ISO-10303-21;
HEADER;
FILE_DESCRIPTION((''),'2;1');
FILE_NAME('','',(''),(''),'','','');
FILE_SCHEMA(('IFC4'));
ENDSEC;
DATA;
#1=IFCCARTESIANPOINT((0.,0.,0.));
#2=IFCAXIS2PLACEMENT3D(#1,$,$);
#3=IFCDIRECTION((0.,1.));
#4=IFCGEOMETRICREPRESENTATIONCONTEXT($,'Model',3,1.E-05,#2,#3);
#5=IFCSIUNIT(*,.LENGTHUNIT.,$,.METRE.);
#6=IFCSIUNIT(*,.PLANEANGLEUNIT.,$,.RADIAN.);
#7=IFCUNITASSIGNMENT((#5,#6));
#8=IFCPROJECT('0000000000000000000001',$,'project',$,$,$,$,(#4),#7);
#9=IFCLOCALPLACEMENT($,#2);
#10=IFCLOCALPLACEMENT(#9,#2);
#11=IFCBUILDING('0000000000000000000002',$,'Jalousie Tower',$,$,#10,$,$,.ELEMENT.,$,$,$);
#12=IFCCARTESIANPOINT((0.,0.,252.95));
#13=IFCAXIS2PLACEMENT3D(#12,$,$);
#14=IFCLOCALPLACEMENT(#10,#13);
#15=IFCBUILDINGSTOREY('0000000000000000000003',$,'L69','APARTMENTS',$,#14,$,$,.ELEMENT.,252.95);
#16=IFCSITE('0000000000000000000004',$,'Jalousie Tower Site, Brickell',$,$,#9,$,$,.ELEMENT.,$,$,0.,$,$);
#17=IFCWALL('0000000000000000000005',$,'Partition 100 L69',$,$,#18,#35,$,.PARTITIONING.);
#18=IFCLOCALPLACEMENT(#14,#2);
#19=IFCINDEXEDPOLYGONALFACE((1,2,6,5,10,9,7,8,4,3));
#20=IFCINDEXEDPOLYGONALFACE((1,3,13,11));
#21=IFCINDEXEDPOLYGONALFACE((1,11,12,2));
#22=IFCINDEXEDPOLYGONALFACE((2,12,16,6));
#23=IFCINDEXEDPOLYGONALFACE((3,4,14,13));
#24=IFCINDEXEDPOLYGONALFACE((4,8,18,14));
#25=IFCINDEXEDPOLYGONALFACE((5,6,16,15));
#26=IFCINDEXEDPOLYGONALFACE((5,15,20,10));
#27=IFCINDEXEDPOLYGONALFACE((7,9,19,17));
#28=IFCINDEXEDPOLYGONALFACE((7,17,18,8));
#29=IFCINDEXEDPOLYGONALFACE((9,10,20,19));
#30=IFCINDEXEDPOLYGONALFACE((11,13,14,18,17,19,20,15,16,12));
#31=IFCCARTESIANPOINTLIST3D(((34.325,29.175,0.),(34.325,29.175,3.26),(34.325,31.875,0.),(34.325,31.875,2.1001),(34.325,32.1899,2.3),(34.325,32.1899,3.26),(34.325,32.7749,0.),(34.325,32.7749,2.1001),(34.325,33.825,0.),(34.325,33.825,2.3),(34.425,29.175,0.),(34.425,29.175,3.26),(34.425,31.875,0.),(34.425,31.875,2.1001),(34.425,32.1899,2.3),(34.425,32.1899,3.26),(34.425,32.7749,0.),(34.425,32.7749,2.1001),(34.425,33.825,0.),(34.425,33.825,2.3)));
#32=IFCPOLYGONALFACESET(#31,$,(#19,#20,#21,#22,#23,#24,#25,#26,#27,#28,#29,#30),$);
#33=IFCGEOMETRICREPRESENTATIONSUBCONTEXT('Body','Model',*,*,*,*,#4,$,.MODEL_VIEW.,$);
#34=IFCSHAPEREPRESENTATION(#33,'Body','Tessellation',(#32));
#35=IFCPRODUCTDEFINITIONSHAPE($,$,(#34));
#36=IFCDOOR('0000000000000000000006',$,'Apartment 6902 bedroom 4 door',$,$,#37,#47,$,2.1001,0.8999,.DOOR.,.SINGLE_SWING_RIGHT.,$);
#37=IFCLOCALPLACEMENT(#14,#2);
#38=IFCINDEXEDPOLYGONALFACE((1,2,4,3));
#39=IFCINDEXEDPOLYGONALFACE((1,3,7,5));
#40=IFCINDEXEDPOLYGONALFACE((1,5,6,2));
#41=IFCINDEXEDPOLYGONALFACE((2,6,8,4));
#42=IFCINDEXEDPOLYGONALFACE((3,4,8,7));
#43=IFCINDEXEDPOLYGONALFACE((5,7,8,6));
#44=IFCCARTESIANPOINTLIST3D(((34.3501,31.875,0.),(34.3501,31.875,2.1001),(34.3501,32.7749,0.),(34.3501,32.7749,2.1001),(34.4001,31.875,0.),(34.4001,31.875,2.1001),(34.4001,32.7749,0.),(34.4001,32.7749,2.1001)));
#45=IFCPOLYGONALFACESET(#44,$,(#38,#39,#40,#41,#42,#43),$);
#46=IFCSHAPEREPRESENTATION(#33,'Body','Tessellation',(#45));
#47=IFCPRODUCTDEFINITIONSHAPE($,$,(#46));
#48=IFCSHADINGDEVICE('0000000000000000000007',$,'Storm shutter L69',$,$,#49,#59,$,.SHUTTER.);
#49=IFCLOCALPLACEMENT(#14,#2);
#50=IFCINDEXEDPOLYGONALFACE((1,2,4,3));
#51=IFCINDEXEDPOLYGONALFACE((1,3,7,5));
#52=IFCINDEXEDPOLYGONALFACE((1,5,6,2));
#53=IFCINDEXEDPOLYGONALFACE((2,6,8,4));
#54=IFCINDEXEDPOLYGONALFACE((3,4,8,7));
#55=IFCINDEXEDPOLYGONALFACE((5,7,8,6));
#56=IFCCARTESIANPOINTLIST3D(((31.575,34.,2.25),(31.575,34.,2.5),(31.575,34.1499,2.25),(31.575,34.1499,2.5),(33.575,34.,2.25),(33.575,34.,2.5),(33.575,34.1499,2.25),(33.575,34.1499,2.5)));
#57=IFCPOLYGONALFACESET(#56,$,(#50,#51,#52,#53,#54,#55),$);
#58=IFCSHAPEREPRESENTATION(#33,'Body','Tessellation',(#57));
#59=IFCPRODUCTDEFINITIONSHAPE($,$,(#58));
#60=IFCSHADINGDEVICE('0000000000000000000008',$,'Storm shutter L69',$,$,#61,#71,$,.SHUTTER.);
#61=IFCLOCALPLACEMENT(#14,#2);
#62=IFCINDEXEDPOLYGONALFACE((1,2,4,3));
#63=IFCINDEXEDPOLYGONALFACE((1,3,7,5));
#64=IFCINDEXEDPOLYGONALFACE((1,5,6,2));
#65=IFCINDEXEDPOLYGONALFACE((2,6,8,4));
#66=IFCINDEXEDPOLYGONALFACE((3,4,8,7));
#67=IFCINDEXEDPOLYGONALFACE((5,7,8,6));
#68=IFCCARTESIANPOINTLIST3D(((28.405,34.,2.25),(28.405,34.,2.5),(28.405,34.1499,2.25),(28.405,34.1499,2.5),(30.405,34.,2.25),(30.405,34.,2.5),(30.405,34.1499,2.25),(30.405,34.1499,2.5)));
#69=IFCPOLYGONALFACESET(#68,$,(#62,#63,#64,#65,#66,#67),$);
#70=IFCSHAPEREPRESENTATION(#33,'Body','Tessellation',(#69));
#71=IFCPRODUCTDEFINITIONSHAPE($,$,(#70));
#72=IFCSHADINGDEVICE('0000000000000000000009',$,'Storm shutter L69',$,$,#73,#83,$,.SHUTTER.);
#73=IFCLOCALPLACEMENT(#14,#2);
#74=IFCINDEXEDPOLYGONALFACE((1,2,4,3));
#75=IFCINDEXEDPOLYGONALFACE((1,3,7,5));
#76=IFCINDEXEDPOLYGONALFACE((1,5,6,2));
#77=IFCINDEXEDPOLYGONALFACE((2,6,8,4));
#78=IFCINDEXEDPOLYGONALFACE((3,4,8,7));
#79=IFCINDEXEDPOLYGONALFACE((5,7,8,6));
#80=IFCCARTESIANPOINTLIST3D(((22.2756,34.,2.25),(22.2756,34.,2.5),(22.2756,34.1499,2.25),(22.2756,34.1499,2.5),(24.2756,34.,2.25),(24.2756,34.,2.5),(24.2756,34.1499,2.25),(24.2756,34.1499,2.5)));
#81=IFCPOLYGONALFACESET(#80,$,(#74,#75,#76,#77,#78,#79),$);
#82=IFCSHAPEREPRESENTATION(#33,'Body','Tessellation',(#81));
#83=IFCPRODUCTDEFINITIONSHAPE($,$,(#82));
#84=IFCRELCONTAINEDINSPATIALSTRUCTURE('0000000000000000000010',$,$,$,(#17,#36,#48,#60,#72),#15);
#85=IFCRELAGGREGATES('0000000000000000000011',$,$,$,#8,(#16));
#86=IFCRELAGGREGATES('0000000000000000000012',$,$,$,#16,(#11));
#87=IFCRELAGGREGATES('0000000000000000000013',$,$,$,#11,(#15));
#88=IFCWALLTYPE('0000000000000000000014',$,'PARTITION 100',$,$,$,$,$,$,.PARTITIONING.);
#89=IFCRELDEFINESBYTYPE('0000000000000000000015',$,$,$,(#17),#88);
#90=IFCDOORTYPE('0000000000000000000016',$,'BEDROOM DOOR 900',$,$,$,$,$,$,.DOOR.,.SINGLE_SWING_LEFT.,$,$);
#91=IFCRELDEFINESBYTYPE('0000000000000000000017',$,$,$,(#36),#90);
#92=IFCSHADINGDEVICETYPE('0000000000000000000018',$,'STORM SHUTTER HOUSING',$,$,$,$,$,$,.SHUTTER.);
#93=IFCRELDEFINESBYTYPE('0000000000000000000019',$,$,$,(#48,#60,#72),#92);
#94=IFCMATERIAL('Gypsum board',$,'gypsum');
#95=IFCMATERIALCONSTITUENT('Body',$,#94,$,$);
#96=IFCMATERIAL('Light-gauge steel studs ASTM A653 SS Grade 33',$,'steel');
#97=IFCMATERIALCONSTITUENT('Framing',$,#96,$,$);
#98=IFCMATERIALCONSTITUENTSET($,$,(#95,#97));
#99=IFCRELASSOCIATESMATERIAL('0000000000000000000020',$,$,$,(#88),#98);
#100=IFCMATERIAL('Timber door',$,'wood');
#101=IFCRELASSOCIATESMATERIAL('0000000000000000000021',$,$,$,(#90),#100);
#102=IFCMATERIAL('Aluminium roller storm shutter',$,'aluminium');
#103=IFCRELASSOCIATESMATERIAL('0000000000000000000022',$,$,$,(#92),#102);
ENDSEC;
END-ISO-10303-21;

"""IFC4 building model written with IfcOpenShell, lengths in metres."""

from ifc_helpers import new_model, si_unit, direction, frame, frame_2d, origin, origin_2d, place, context, subcontext, project, spatial, polyline, rectangle, outline, extrude, material, constituent, constituent_set, type_object, element, fill, save


model = new_model("IFC4")

# Units and contexts
model_context = context("Model", 3, precision=1e-05, world=origin(), true_north=direction((0.0, 1.0)))
body_context = subcontext(model_context, "Body", "Model", "MODEL_VIEW")
ifc_project = project(units=[si_unit("LENGTHUNIT", "METRE"), si_unit("PLANEANGLEUNIT", "RADIAN")], contexts=[model_context])

# Site, building, storey
site_placement = place(None, origin())
site = spatial("IfcSite", under=ifc_project, at=site_placement, Name="Jalousie Tower Site, Brickell", CompositionType="ELEMENT", RefElevation=0.0)
building_placement = place(site_placement, origin())
building = spatial("IfcBuilding", under=site, at=building_placement, Name="Jalousie Tower", CompositionType="ELEMENT")
storey_placement = place(building_placement, frame((0.0, 0.0, 252.95)))
storey = spatial("IfcBuildingStorey", under=building, at=storey_placement, Name="L69", Description="APARTMENTS", CompositionType="ELEMENT", Elevation=252.95)

# Wall, opening, door
ifc_material_1 = material(Name="Gypsum board", Category="gypsum")
ifc_constituent_1 = constituent(ifc_material_1, Name="Body")
ifc_material_2 = material(Name="Light-gauge steel studs ASTM A653 SS Grade 33", Category="steel")
ifc_constituent_2 = constituent(ifc_material_2, Name="Framing")
ifc_constituent_set = constituent_set(constituents=[ifc_constituent_1, ifc_constituent_2])
wall_type = type_object("IfcWallType", Name="PARTITION 100", PredefinedType="PARTITIONING", material=ifc_constituent_set)
ifc_material_3 = material(Name="Timber door", Category="wood")
door_type = type_object("IfcDoorType", Name="BEDROOM DOOR 900", OperationType="SINGLE_SWING_LEFT", PredefinedType="DOOR", material=ifc_material_3)
wall_1_placement = place(storey_placement, frame((34.375, 33.825, 0.0), z_axis=(0.0, 0.0, 1.0), x_axis=(0.0, -1.0, 0.0)))
wall_1 = element("IfcWall", 1, at=wall_1_placement, inside=storey, type_object=wall_type, Name="Partition 100 L69", PredefinedType="PARTITIONING", context=body_context, shape_type="SweptSolid", body=[
    extrude(outline(polyline([(0.0, 0.0), (4.6499, 0.0), (4.6499, 3.26), (1.635, 3.26), (1.635, 2.3), (0.0, 2.3), (0.0, 3.26), (0.0, 0.0)])), frame((0.0, 0.05, 0.0), z_axis=(0.0, -1.0, 0.0), x_axis=(1.0, 0.0, 0.0)), (0.0, 0.0, 1.0), 0.1001),
])
opening_1_placement = place(wall_1_placement, frame((1.05, 0.0, 0.0)))
opening_1 = element("IfcOpeningElement", 2, at=opening_1_placement, cuts=wall_1, PredefinedType="OPENING", context=body_context, shape_type="SweptSolid", body=[
    extrude(rectangle(XDim=0.8999, YDim=2.1001, at=frame_2d((0.45, 1.05))), frame((0.0, 0.0601, 0.0), z_axis=(0.0, -1.0, 0.0), x_axis=(1.0, 0.0, 0.0)), (0.0, 0.0, 1.0), 0.1201),
])
door_1_placement = place(opening_1_placement, frame((0.8999, 0.0, 0.0), z_axis=(0.0, 0.0, 1.0), x_axis=(-1.0, 0.0, 0.0)))
door_1 = element("IfcDoor", 3, at=door_1_placement, inside=storey, type_object=door_type, Name="Apartment 6902 bedroom 4 door", OperationType="SINGLE_SWING_RIGHT", OverallHeight=2.1001, OverallWidth=0.8999, PredefinedType="DOOR", context=body_context, shape_type="SweptSolid", body=[
    extrude(rectangle(XDim=0.8999, YDim=2.1001, at=frame_2d((0.45, 1.05))), frame((0.0, 0.0249, 0.0), z_axis=(0.0, -1.0, 0.0), x_axis=(1.0, 0.0, 0.0)), (0.0, 0.0, 1.0), 0.05),
])
fill(opening_1, door_1)

# Shading devices
ifc_material_4 = material(Name="Aluminium roller storm shutter", Category="aluminium")
shading_device_type = type_object("IfcShadingDeviceType", Name="STORM SHUTTER HOUSING", PredefinedType="SHUTTER", material=ifc_material_4)
for number, where, z_axis, x_axis, name in (
    (4, (32.575, 34.075, 2.25), (0.0, 0.0, 1.0), (-1.0, 0.0, 0.0), "Storm shutter L69"),
    (5, (29.405, 34.075, 2.25), (0.0, 0.0, 1.0), (-1.0, 0.0, 0.0), "Storm shutter L69"),
    (6, (23.2756, 34.075, 2.25), (0.0, 0.0, 1.0), (-1.0, 0.0, 0.0), "Storm shutter L69"),
):
    element("IfcShadingDevice", number, at=place(storey_placement, frame(where, z_axis=z_axis, x_axis=x_axis)), inside=storey, type_object=shading_device_type, Name=name, PredefinedType="SHUTTER", context=body_context, shape_type="SweptSolid", body=[
        extrude(rectangle(XDim=2.0, YDim=0.1499, at=origin_2d()), origin(), (0.0, 0.0, 1.0), 0.25),
    ])

save(model, "model.ifc")
